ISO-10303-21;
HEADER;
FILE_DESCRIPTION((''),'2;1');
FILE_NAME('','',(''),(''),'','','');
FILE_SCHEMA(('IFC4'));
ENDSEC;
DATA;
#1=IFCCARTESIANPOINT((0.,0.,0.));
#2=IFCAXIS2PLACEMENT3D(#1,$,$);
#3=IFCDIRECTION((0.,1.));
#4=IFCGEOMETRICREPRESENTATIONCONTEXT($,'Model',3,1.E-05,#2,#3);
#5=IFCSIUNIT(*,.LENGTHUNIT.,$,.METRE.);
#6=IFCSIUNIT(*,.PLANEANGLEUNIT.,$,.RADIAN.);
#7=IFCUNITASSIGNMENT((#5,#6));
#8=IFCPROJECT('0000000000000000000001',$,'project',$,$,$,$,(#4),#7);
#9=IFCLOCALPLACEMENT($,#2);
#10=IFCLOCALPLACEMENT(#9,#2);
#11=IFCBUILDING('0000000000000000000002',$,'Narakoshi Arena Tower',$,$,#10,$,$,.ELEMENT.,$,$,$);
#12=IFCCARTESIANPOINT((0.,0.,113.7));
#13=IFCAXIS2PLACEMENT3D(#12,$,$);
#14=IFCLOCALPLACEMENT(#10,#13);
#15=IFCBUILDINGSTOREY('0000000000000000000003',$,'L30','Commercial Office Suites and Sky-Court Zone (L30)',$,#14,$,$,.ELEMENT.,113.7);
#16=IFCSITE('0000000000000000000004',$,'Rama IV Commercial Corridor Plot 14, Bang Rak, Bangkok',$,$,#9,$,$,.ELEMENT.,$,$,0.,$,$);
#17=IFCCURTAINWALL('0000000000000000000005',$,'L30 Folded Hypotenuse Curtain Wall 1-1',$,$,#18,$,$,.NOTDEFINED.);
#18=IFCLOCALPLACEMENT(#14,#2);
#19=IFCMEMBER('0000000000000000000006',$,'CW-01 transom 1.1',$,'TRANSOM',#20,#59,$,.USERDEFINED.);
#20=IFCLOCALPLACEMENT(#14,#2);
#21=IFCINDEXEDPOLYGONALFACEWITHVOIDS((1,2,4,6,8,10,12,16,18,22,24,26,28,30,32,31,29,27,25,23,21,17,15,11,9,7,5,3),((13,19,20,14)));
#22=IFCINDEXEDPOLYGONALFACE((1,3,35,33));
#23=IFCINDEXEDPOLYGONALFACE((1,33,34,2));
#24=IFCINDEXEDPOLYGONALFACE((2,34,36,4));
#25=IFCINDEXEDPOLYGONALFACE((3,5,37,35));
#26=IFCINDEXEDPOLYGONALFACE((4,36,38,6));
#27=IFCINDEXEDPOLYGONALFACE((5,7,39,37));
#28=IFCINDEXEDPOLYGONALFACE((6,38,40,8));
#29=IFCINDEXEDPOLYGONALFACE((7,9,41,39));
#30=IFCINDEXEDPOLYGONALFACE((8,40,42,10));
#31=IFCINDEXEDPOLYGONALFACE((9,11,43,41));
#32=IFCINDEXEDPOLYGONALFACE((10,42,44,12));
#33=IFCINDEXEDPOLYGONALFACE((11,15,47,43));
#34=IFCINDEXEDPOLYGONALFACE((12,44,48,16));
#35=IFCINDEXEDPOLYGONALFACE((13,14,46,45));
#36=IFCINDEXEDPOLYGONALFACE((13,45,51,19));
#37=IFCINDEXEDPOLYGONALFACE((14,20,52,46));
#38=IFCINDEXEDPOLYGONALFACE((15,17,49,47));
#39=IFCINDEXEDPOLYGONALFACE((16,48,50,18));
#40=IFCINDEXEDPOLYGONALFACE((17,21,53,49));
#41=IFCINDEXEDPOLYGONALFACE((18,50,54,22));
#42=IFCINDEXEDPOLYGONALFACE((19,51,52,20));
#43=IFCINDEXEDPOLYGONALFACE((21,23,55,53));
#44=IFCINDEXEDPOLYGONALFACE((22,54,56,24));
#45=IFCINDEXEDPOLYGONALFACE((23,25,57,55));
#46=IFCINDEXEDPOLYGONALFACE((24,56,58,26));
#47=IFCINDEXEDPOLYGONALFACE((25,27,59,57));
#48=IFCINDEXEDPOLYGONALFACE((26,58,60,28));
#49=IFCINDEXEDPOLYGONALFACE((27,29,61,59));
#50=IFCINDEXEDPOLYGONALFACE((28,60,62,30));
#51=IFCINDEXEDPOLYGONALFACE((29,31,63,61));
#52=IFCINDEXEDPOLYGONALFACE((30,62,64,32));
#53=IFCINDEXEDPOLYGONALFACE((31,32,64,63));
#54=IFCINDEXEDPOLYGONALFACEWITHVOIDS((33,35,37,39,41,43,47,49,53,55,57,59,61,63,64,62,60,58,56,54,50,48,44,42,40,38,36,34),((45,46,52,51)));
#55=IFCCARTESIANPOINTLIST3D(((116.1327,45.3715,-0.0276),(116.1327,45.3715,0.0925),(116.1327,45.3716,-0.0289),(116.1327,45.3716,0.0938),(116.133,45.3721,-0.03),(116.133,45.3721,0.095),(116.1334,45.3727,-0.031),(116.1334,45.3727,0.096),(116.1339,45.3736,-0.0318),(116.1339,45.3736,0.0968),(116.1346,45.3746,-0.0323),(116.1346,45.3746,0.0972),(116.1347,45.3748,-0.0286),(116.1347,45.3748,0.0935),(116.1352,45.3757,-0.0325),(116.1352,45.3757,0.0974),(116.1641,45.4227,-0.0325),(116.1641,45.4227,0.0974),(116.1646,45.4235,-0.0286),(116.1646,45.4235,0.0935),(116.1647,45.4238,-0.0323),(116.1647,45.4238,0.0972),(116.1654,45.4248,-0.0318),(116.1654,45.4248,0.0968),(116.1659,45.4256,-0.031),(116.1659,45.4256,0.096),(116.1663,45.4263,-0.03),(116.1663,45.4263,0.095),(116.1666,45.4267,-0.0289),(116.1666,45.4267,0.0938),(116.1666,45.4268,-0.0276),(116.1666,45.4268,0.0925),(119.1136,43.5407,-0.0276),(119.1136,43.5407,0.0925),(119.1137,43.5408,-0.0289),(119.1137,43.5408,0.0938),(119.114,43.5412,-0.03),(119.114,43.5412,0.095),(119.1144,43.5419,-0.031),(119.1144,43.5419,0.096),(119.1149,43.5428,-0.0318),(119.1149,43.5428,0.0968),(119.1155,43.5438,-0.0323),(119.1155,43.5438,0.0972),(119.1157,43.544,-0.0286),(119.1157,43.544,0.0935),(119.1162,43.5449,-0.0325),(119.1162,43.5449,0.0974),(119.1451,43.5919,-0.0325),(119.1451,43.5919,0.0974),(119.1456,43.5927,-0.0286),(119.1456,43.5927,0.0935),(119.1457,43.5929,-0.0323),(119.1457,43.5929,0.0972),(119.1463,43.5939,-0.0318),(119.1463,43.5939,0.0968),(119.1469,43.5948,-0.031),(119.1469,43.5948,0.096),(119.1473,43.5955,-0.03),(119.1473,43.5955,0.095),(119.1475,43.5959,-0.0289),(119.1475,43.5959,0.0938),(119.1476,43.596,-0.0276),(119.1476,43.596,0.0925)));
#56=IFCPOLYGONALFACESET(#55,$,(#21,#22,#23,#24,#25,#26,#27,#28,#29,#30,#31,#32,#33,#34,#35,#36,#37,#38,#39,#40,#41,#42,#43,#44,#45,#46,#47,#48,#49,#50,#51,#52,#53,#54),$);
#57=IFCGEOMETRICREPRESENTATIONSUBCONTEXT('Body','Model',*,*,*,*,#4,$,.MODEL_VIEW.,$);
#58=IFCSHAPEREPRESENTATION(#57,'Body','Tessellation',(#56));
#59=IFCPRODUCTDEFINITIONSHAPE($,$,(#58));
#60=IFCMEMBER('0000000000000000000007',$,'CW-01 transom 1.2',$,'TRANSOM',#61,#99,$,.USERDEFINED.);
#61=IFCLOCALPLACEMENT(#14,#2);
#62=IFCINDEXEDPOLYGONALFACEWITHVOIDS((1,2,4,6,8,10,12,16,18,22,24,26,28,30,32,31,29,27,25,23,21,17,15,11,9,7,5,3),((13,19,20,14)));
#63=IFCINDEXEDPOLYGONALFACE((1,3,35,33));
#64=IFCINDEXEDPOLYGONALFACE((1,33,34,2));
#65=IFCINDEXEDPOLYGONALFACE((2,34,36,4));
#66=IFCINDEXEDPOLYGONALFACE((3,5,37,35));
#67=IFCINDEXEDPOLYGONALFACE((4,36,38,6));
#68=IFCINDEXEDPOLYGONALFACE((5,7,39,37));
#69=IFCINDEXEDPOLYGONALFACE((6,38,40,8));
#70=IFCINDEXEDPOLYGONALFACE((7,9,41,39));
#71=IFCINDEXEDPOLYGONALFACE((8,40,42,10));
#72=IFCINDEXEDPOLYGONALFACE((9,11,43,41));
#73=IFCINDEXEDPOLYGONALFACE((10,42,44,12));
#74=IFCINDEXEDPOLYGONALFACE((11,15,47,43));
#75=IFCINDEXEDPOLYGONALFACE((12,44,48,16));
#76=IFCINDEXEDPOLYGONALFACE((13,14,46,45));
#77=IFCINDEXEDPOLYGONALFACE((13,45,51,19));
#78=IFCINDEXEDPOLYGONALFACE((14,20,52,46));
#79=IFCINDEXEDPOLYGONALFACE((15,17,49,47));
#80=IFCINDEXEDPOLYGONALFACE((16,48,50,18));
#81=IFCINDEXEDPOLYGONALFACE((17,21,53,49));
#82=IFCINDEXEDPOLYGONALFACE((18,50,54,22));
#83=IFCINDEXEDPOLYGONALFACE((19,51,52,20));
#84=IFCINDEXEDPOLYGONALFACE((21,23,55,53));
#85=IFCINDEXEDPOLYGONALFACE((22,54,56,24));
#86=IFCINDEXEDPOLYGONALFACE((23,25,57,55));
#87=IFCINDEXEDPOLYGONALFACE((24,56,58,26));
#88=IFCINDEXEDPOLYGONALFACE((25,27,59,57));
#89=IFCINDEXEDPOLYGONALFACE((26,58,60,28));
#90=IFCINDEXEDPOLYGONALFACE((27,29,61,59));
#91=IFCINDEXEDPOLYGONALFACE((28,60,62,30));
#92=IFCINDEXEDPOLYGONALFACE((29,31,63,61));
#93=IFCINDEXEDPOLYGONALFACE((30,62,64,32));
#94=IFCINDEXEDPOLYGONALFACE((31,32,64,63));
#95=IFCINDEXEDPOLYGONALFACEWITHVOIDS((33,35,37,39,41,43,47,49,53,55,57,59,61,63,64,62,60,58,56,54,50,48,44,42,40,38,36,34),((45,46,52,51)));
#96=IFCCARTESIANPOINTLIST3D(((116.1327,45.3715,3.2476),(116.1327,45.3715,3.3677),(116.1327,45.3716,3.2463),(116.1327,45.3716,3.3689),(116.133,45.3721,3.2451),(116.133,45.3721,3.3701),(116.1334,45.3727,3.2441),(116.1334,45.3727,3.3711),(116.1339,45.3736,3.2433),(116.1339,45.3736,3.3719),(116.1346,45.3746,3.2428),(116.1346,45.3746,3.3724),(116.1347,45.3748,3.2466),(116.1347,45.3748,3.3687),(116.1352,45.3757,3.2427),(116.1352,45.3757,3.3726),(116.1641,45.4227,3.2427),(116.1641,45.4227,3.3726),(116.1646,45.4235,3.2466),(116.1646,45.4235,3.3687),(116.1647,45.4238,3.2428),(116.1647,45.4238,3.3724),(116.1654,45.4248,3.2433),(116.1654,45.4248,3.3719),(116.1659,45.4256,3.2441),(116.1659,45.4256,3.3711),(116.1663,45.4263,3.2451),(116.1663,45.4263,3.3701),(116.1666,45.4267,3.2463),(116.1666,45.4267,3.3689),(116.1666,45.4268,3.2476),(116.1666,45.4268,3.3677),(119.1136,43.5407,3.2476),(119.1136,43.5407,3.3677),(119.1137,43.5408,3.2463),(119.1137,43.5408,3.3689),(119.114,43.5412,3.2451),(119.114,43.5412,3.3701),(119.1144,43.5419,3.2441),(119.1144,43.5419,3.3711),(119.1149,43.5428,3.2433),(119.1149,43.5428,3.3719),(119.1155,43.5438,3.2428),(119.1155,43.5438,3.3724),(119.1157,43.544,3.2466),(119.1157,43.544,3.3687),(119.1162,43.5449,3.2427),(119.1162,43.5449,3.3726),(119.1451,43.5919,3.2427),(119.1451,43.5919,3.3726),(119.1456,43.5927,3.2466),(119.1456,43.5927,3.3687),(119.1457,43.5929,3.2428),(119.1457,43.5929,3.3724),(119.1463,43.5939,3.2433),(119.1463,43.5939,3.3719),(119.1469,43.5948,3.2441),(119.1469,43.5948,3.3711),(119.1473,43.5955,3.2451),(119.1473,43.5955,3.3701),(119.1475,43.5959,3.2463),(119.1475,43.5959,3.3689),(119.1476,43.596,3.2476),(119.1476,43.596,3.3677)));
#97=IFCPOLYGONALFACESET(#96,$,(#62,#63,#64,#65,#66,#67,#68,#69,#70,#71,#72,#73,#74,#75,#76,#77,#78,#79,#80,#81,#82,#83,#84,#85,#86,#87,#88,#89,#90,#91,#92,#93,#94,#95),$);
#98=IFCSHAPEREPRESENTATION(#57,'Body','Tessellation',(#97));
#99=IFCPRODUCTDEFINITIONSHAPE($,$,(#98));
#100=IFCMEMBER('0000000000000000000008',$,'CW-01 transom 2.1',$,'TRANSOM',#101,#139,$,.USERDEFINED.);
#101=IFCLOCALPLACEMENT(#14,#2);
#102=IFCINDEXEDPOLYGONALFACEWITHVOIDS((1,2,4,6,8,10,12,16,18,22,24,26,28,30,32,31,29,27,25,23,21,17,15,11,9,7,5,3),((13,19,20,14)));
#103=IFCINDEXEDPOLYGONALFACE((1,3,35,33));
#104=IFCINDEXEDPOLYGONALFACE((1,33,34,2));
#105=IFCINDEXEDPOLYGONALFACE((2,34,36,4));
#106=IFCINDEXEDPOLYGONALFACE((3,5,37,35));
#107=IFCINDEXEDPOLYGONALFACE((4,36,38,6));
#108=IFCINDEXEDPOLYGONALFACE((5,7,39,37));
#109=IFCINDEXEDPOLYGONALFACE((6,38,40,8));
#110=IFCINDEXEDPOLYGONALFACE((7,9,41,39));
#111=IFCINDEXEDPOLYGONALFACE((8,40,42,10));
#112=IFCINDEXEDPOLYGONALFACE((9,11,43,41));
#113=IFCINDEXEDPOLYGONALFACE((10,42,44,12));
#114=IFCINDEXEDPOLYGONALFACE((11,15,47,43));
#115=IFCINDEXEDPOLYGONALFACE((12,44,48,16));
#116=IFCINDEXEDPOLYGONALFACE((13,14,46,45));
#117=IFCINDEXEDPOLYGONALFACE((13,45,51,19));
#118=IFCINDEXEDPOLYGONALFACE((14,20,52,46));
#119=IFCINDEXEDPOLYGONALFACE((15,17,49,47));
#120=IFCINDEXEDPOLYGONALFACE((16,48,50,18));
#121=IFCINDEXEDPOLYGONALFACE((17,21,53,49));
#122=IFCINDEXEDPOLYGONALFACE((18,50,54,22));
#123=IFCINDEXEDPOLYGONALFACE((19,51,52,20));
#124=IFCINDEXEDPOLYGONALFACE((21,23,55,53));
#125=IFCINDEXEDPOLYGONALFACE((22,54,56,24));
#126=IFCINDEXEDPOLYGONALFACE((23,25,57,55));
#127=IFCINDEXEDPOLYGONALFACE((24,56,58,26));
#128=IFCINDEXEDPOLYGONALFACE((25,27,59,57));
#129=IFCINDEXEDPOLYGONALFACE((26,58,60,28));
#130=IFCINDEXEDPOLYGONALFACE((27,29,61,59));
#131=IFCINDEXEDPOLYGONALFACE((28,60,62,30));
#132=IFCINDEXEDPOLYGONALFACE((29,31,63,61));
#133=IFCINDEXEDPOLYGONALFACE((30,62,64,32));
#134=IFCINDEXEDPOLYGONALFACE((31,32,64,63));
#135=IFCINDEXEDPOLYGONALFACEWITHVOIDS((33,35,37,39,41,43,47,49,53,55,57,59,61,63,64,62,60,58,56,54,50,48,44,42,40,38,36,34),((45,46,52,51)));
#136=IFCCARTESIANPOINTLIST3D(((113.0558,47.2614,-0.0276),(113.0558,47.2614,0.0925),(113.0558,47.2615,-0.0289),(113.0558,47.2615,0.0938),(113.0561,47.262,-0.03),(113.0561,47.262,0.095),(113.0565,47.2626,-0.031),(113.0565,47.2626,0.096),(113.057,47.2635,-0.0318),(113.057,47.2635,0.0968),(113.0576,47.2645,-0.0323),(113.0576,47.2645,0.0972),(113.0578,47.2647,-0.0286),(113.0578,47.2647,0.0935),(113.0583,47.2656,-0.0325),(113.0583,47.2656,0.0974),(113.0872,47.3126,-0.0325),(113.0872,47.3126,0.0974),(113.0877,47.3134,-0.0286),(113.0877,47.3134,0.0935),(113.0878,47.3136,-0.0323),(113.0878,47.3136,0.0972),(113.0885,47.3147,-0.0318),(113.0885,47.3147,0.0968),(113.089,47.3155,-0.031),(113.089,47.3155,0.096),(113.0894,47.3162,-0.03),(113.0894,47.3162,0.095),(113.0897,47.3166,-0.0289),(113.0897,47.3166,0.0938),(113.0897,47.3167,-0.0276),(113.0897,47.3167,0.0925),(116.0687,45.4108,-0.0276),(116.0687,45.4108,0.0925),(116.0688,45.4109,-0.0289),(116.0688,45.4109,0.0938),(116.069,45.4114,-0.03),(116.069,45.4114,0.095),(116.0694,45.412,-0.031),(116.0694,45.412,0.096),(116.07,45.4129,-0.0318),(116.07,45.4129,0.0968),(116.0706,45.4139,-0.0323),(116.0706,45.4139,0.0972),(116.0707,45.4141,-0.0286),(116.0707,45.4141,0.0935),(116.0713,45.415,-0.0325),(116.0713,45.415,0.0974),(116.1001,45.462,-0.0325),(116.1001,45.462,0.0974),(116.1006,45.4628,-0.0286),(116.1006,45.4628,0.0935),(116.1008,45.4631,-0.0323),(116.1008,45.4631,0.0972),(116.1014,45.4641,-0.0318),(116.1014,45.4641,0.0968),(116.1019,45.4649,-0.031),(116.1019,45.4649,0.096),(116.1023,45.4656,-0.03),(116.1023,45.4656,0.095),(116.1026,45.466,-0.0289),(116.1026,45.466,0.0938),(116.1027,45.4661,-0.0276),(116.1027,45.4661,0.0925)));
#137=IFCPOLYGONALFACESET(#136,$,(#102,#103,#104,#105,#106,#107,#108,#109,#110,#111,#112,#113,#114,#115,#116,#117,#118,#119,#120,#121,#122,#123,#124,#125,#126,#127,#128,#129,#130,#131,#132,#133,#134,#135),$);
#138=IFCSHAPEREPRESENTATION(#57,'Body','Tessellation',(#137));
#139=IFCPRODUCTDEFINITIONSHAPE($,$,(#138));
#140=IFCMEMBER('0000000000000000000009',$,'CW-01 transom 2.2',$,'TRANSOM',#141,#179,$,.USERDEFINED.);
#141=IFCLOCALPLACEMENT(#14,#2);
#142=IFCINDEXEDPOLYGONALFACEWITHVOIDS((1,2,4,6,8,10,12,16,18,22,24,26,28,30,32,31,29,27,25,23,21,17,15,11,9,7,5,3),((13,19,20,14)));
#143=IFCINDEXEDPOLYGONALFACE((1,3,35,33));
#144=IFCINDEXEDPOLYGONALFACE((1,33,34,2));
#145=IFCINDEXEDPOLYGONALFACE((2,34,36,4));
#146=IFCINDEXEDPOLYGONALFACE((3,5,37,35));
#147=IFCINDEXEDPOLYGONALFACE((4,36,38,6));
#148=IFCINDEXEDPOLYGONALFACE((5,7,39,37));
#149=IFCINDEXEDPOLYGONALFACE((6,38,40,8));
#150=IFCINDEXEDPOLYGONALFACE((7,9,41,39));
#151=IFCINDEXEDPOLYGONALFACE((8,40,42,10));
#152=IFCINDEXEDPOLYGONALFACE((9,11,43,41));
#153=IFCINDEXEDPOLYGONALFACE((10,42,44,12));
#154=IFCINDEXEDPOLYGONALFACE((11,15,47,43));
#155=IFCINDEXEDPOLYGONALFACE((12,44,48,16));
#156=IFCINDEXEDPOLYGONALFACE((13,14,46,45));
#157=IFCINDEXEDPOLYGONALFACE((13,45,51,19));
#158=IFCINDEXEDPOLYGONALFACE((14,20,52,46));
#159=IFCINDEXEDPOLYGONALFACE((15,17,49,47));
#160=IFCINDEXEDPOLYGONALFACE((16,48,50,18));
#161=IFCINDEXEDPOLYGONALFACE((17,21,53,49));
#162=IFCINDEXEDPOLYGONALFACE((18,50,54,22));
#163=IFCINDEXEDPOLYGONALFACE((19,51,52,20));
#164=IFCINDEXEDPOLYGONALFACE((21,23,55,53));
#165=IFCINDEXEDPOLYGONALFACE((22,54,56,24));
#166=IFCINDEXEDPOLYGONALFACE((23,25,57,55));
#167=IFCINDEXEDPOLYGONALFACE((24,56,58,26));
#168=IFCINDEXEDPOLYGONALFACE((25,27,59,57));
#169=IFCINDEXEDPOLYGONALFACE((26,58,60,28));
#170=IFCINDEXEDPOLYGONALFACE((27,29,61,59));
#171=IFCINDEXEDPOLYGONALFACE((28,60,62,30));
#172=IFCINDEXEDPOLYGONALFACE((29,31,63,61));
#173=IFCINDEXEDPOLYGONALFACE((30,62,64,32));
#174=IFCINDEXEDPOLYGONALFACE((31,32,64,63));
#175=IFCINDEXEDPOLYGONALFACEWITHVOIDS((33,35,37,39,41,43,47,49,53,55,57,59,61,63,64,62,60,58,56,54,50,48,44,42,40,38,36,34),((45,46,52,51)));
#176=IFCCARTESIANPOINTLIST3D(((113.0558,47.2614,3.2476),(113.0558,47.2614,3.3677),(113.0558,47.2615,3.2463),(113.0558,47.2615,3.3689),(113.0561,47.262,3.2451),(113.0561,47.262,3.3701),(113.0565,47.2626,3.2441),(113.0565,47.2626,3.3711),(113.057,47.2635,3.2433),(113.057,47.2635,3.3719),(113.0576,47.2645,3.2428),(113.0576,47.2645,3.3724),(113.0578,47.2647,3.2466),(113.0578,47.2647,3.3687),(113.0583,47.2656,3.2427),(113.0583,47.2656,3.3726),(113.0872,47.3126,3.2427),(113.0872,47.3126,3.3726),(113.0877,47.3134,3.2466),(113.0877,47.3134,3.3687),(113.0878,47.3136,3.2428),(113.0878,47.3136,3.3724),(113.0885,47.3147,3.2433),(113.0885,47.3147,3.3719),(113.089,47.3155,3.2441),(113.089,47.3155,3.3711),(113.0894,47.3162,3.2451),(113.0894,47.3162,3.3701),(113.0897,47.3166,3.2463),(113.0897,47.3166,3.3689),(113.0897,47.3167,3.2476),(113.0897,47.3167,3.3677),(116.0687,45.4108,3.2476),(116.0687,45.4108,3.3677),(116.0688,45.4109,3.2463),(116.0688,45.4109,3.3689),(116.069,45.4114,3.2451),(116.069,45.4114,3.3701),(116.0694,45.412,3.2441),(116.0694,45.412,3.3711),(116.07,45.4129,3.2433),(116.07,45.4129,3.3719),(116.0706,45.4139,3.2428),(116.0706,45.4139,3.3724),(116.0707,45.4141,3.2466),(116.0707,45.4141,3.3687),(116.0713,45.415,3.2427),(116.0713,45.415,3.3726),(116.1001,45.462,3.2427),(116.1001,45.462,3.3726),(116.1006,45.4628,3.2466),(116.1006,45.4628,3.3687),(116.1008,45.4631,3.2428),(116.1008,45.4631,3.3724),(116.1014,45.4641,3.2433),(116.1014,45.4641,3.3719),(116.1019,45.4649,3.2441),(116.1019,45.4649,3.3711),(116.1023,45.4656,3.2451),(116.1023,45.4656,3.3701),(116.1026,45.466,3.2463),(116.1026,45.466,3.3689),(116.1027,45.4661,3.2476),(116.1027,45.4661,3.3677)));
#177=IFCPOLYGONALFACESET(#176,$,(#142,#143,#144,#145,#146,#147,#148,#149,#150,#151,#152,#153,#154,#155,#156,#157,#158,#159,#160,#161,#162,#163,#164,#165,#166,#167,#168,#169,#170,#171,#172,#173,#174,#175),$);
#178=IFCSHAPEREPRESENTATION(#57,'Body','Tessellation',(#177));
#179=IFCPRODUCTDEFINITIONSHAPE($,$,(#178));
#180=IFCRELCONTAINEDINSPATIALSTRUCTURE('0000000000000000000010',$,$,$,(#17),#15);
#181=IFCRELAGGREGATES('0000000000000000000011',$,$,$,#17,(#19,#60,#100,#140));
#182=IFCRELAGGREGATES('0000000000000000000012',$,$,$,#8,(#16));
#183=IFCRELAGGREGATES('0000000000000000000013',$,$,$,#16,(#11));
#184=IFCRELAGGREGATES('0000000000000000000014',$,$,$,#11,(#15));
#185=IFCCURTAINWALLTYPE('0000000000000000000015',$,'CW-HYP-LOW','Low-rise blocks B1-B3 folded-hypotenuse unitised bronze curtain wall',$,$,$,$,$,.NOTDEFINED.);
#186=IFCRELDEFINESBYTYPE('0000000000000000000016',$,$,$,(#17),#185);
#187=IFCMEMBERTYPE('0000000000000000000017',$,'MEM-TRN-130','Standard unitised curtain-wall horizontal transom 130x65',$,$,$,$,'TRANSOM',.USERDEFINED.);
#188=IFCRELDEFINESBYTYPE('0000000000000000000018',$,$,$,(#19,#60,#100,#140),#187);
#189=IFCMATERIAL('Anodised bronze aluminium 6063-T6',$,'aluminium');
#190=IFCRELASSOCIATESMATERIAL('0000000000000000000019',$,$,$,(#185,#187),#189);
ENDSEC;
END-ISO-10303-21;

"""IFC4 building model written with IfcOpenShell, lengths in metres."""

from ifc_helpers import new_model, si_unit, direction, frame, origin, origin_2d, place, context, subcontext, project, spatial, hollow_rectangle, extrude, material, material_profile, profile_set, type_object, element, aggregate, save


model = new_model("IFC4")

# Units and contexts
model_context = context("Model", 3, precision=1e-05, world=origin(), true_north=direction((0.0, 1.0)))
body_context = subcontext(model_context, "Body", "Model", "MODEL_VIEW")
ifc_project = project(units=[si_unit("LENGTHUNIT", "METRE"), si_unit("PLANEANGLEUNIT", "RADIAN")], contexts=[model_context])

# Site, building, storey
site_placement = place(None, origin())
site = spatial("IfcSite", under=ifc_project, at=site_placement, Name="Rama IV Commercial Corridor Plot 14, Bang Rak, Bangkok", CompositionType="ELEMENT", RefElevation=0.0)
building_placement = place(site_placement, origin())
building = spatial("IfcBuilding", under=site, at=building_placement, Name="Narakoshi Arena Tower", CompositionType="ELEMENT")
storey_placement = place(building_placement, frame((0.0, 0.0, 113.7)))
storey = spatial("IfcBuildingStorey", under=building, at=storey_placement, Name="L30", Description="Commercial Office Suites and Sky-Court Zone (L30)", CompositionType="ELEMENT", Elevation=113.7)

# Curtain wall, members
ifc_material_1 = material(Name="Anodised bronze aluminium 6063-T6", Category="aluminium")
curtain_wall_type = type_object("IfcCurtainWallType", Name="CW-HYP-LOW", Description="Low-rise blocks B1-B3 folded-hypotenuse unitised bronze curtain wall", PredefinedType="NOTDEFINED", material=ifc_material_1)
curtain_wall_placement = place(storey_placement, origin())
curtain_wall = element("IfcCurtainWall", 1, at=curtain_wall_placement, inside=storey, type_object=curtain_wall_type, Name="L30 Folded Hypotenuse Curtain Wall 1-1", PredefinedType="NOTDEFINED")
ifc_material_profile_1 = material_profile(ifc_material_1, hollow_rectangle(XDim=0.0649, YDim=0.1299, WallThickness=0.0039, OuterFilletRadius=0.0049, at=origin_2d()), Name="TRN130x65x4")
ifc_profile_set_1 = profile_set([ifc_material_profile_1], Name="Anodised bronze aluminium 6063-T6")
member_type_1 = type_object("IfcMemberType", Name="MEM-TRN-130", Description="Standard unitised curtain-wall horizontal transom 130x65", ElementType="TRANSOM", PredefinedType="USERDEFINED", material=ifc_profile_set_1)
member_1_placement = place(storey_placement, frame((119.1306, 43.5684, 0.0325), z_axis=(-0.85212, 0.523346, 0.0), x_axis=(-0.523346, -0.85212, 0.0)))
member_1 = element("IfcMember", 2, at=member_1_placement, type_object=member_type_1, Name="CW-01 transom 1.1", ObjectType="TRANSOM", PredefinedType="USERDEFINED", context=body_context, shape_type="SweptSolid", body=[
    extrude(hollow_rectangle(XDim=0.0649, YDim=0.1299, WallThickness=0.0039, OuterFilletRadius=0.0049, at=origin_2d()), origin(), (0.0, 0.0, 1.0), 3.4983),
])
member_2_placement = place(storey_placement, frame((119.1306, 43.5684, 3.3076), z_axis=(-0.85212, 0.523346, 0.0), x_axis=(-0.523346, -0.85212, 0.0)))
member_2 = element("IfcMember", 3, at=member_2_placement, type_object=member_type_1, Name="CW-01 transom 1.2", ObjectType="TRANSOM", PredefinedType="USERDEFINED", context=body_context, shape_type="SweptSolid", body=[
    extrude(hollow_rectangle(XDim=0.0649, YDim=0.1299, WallThickness=0.0039, OuterFilletRadius=0.0049, at=origin_2d()), origin(), (0.0, 0.0, 1.0), 3.4983),
])
member_3_placement = place(storey_placement, frame((116.0857, 45.4385, 0.0325), z_axis=(-0.852104, 0.523373, 0.0), x_axis=(-0.523373, -0.852104, 0.0)))
member_3 = element("IfcMember", 4, at=member_3_placement, type_object=member_type_1, Name="CW-01 transom 2.1", ObjectType="TRANSOM", PredefinedType="USERDEFINED", context=body_context, shape_type="SweptSolid", body=[
    extrude(hollow_rectangle(XDim=0.0649, YDim=0.1299, WallThickness=0.0039, OuterFilletRadius=0.0049, at=origin_2d()), origin(), (0.0, 0.0, 1.0), 3.5359),
])
member_4_placement = place(storey_placement, frame((116.0857, 45.4385, 3.3076), z_axis=(-0.852104, 0.523373, 0.0), x_axis=(-0.523373, -0.852104, 0.0)))
member_4 = element("IfcMember", 5, at=member_4_placement, type_object=member_type_1, Name="CW-01 transom 2.2", ObjectType="TRANSOM", PredefinedType="USERDEFINED", context=body_context, shape_type="SweptSolid", body=[
    extrude(hollow_rectangle(XDim=0.0649, YDim=0.1299, WallThickness=0.0039, OuterFilletRadius=0.0049, at=origin_2d()), origin(), (0.0, 0.0, 1.0), 3.5359),
])
aggregate(curtain_wall, [member_1, member_2, member_3, member_4])

save(model, "model.ifc")
